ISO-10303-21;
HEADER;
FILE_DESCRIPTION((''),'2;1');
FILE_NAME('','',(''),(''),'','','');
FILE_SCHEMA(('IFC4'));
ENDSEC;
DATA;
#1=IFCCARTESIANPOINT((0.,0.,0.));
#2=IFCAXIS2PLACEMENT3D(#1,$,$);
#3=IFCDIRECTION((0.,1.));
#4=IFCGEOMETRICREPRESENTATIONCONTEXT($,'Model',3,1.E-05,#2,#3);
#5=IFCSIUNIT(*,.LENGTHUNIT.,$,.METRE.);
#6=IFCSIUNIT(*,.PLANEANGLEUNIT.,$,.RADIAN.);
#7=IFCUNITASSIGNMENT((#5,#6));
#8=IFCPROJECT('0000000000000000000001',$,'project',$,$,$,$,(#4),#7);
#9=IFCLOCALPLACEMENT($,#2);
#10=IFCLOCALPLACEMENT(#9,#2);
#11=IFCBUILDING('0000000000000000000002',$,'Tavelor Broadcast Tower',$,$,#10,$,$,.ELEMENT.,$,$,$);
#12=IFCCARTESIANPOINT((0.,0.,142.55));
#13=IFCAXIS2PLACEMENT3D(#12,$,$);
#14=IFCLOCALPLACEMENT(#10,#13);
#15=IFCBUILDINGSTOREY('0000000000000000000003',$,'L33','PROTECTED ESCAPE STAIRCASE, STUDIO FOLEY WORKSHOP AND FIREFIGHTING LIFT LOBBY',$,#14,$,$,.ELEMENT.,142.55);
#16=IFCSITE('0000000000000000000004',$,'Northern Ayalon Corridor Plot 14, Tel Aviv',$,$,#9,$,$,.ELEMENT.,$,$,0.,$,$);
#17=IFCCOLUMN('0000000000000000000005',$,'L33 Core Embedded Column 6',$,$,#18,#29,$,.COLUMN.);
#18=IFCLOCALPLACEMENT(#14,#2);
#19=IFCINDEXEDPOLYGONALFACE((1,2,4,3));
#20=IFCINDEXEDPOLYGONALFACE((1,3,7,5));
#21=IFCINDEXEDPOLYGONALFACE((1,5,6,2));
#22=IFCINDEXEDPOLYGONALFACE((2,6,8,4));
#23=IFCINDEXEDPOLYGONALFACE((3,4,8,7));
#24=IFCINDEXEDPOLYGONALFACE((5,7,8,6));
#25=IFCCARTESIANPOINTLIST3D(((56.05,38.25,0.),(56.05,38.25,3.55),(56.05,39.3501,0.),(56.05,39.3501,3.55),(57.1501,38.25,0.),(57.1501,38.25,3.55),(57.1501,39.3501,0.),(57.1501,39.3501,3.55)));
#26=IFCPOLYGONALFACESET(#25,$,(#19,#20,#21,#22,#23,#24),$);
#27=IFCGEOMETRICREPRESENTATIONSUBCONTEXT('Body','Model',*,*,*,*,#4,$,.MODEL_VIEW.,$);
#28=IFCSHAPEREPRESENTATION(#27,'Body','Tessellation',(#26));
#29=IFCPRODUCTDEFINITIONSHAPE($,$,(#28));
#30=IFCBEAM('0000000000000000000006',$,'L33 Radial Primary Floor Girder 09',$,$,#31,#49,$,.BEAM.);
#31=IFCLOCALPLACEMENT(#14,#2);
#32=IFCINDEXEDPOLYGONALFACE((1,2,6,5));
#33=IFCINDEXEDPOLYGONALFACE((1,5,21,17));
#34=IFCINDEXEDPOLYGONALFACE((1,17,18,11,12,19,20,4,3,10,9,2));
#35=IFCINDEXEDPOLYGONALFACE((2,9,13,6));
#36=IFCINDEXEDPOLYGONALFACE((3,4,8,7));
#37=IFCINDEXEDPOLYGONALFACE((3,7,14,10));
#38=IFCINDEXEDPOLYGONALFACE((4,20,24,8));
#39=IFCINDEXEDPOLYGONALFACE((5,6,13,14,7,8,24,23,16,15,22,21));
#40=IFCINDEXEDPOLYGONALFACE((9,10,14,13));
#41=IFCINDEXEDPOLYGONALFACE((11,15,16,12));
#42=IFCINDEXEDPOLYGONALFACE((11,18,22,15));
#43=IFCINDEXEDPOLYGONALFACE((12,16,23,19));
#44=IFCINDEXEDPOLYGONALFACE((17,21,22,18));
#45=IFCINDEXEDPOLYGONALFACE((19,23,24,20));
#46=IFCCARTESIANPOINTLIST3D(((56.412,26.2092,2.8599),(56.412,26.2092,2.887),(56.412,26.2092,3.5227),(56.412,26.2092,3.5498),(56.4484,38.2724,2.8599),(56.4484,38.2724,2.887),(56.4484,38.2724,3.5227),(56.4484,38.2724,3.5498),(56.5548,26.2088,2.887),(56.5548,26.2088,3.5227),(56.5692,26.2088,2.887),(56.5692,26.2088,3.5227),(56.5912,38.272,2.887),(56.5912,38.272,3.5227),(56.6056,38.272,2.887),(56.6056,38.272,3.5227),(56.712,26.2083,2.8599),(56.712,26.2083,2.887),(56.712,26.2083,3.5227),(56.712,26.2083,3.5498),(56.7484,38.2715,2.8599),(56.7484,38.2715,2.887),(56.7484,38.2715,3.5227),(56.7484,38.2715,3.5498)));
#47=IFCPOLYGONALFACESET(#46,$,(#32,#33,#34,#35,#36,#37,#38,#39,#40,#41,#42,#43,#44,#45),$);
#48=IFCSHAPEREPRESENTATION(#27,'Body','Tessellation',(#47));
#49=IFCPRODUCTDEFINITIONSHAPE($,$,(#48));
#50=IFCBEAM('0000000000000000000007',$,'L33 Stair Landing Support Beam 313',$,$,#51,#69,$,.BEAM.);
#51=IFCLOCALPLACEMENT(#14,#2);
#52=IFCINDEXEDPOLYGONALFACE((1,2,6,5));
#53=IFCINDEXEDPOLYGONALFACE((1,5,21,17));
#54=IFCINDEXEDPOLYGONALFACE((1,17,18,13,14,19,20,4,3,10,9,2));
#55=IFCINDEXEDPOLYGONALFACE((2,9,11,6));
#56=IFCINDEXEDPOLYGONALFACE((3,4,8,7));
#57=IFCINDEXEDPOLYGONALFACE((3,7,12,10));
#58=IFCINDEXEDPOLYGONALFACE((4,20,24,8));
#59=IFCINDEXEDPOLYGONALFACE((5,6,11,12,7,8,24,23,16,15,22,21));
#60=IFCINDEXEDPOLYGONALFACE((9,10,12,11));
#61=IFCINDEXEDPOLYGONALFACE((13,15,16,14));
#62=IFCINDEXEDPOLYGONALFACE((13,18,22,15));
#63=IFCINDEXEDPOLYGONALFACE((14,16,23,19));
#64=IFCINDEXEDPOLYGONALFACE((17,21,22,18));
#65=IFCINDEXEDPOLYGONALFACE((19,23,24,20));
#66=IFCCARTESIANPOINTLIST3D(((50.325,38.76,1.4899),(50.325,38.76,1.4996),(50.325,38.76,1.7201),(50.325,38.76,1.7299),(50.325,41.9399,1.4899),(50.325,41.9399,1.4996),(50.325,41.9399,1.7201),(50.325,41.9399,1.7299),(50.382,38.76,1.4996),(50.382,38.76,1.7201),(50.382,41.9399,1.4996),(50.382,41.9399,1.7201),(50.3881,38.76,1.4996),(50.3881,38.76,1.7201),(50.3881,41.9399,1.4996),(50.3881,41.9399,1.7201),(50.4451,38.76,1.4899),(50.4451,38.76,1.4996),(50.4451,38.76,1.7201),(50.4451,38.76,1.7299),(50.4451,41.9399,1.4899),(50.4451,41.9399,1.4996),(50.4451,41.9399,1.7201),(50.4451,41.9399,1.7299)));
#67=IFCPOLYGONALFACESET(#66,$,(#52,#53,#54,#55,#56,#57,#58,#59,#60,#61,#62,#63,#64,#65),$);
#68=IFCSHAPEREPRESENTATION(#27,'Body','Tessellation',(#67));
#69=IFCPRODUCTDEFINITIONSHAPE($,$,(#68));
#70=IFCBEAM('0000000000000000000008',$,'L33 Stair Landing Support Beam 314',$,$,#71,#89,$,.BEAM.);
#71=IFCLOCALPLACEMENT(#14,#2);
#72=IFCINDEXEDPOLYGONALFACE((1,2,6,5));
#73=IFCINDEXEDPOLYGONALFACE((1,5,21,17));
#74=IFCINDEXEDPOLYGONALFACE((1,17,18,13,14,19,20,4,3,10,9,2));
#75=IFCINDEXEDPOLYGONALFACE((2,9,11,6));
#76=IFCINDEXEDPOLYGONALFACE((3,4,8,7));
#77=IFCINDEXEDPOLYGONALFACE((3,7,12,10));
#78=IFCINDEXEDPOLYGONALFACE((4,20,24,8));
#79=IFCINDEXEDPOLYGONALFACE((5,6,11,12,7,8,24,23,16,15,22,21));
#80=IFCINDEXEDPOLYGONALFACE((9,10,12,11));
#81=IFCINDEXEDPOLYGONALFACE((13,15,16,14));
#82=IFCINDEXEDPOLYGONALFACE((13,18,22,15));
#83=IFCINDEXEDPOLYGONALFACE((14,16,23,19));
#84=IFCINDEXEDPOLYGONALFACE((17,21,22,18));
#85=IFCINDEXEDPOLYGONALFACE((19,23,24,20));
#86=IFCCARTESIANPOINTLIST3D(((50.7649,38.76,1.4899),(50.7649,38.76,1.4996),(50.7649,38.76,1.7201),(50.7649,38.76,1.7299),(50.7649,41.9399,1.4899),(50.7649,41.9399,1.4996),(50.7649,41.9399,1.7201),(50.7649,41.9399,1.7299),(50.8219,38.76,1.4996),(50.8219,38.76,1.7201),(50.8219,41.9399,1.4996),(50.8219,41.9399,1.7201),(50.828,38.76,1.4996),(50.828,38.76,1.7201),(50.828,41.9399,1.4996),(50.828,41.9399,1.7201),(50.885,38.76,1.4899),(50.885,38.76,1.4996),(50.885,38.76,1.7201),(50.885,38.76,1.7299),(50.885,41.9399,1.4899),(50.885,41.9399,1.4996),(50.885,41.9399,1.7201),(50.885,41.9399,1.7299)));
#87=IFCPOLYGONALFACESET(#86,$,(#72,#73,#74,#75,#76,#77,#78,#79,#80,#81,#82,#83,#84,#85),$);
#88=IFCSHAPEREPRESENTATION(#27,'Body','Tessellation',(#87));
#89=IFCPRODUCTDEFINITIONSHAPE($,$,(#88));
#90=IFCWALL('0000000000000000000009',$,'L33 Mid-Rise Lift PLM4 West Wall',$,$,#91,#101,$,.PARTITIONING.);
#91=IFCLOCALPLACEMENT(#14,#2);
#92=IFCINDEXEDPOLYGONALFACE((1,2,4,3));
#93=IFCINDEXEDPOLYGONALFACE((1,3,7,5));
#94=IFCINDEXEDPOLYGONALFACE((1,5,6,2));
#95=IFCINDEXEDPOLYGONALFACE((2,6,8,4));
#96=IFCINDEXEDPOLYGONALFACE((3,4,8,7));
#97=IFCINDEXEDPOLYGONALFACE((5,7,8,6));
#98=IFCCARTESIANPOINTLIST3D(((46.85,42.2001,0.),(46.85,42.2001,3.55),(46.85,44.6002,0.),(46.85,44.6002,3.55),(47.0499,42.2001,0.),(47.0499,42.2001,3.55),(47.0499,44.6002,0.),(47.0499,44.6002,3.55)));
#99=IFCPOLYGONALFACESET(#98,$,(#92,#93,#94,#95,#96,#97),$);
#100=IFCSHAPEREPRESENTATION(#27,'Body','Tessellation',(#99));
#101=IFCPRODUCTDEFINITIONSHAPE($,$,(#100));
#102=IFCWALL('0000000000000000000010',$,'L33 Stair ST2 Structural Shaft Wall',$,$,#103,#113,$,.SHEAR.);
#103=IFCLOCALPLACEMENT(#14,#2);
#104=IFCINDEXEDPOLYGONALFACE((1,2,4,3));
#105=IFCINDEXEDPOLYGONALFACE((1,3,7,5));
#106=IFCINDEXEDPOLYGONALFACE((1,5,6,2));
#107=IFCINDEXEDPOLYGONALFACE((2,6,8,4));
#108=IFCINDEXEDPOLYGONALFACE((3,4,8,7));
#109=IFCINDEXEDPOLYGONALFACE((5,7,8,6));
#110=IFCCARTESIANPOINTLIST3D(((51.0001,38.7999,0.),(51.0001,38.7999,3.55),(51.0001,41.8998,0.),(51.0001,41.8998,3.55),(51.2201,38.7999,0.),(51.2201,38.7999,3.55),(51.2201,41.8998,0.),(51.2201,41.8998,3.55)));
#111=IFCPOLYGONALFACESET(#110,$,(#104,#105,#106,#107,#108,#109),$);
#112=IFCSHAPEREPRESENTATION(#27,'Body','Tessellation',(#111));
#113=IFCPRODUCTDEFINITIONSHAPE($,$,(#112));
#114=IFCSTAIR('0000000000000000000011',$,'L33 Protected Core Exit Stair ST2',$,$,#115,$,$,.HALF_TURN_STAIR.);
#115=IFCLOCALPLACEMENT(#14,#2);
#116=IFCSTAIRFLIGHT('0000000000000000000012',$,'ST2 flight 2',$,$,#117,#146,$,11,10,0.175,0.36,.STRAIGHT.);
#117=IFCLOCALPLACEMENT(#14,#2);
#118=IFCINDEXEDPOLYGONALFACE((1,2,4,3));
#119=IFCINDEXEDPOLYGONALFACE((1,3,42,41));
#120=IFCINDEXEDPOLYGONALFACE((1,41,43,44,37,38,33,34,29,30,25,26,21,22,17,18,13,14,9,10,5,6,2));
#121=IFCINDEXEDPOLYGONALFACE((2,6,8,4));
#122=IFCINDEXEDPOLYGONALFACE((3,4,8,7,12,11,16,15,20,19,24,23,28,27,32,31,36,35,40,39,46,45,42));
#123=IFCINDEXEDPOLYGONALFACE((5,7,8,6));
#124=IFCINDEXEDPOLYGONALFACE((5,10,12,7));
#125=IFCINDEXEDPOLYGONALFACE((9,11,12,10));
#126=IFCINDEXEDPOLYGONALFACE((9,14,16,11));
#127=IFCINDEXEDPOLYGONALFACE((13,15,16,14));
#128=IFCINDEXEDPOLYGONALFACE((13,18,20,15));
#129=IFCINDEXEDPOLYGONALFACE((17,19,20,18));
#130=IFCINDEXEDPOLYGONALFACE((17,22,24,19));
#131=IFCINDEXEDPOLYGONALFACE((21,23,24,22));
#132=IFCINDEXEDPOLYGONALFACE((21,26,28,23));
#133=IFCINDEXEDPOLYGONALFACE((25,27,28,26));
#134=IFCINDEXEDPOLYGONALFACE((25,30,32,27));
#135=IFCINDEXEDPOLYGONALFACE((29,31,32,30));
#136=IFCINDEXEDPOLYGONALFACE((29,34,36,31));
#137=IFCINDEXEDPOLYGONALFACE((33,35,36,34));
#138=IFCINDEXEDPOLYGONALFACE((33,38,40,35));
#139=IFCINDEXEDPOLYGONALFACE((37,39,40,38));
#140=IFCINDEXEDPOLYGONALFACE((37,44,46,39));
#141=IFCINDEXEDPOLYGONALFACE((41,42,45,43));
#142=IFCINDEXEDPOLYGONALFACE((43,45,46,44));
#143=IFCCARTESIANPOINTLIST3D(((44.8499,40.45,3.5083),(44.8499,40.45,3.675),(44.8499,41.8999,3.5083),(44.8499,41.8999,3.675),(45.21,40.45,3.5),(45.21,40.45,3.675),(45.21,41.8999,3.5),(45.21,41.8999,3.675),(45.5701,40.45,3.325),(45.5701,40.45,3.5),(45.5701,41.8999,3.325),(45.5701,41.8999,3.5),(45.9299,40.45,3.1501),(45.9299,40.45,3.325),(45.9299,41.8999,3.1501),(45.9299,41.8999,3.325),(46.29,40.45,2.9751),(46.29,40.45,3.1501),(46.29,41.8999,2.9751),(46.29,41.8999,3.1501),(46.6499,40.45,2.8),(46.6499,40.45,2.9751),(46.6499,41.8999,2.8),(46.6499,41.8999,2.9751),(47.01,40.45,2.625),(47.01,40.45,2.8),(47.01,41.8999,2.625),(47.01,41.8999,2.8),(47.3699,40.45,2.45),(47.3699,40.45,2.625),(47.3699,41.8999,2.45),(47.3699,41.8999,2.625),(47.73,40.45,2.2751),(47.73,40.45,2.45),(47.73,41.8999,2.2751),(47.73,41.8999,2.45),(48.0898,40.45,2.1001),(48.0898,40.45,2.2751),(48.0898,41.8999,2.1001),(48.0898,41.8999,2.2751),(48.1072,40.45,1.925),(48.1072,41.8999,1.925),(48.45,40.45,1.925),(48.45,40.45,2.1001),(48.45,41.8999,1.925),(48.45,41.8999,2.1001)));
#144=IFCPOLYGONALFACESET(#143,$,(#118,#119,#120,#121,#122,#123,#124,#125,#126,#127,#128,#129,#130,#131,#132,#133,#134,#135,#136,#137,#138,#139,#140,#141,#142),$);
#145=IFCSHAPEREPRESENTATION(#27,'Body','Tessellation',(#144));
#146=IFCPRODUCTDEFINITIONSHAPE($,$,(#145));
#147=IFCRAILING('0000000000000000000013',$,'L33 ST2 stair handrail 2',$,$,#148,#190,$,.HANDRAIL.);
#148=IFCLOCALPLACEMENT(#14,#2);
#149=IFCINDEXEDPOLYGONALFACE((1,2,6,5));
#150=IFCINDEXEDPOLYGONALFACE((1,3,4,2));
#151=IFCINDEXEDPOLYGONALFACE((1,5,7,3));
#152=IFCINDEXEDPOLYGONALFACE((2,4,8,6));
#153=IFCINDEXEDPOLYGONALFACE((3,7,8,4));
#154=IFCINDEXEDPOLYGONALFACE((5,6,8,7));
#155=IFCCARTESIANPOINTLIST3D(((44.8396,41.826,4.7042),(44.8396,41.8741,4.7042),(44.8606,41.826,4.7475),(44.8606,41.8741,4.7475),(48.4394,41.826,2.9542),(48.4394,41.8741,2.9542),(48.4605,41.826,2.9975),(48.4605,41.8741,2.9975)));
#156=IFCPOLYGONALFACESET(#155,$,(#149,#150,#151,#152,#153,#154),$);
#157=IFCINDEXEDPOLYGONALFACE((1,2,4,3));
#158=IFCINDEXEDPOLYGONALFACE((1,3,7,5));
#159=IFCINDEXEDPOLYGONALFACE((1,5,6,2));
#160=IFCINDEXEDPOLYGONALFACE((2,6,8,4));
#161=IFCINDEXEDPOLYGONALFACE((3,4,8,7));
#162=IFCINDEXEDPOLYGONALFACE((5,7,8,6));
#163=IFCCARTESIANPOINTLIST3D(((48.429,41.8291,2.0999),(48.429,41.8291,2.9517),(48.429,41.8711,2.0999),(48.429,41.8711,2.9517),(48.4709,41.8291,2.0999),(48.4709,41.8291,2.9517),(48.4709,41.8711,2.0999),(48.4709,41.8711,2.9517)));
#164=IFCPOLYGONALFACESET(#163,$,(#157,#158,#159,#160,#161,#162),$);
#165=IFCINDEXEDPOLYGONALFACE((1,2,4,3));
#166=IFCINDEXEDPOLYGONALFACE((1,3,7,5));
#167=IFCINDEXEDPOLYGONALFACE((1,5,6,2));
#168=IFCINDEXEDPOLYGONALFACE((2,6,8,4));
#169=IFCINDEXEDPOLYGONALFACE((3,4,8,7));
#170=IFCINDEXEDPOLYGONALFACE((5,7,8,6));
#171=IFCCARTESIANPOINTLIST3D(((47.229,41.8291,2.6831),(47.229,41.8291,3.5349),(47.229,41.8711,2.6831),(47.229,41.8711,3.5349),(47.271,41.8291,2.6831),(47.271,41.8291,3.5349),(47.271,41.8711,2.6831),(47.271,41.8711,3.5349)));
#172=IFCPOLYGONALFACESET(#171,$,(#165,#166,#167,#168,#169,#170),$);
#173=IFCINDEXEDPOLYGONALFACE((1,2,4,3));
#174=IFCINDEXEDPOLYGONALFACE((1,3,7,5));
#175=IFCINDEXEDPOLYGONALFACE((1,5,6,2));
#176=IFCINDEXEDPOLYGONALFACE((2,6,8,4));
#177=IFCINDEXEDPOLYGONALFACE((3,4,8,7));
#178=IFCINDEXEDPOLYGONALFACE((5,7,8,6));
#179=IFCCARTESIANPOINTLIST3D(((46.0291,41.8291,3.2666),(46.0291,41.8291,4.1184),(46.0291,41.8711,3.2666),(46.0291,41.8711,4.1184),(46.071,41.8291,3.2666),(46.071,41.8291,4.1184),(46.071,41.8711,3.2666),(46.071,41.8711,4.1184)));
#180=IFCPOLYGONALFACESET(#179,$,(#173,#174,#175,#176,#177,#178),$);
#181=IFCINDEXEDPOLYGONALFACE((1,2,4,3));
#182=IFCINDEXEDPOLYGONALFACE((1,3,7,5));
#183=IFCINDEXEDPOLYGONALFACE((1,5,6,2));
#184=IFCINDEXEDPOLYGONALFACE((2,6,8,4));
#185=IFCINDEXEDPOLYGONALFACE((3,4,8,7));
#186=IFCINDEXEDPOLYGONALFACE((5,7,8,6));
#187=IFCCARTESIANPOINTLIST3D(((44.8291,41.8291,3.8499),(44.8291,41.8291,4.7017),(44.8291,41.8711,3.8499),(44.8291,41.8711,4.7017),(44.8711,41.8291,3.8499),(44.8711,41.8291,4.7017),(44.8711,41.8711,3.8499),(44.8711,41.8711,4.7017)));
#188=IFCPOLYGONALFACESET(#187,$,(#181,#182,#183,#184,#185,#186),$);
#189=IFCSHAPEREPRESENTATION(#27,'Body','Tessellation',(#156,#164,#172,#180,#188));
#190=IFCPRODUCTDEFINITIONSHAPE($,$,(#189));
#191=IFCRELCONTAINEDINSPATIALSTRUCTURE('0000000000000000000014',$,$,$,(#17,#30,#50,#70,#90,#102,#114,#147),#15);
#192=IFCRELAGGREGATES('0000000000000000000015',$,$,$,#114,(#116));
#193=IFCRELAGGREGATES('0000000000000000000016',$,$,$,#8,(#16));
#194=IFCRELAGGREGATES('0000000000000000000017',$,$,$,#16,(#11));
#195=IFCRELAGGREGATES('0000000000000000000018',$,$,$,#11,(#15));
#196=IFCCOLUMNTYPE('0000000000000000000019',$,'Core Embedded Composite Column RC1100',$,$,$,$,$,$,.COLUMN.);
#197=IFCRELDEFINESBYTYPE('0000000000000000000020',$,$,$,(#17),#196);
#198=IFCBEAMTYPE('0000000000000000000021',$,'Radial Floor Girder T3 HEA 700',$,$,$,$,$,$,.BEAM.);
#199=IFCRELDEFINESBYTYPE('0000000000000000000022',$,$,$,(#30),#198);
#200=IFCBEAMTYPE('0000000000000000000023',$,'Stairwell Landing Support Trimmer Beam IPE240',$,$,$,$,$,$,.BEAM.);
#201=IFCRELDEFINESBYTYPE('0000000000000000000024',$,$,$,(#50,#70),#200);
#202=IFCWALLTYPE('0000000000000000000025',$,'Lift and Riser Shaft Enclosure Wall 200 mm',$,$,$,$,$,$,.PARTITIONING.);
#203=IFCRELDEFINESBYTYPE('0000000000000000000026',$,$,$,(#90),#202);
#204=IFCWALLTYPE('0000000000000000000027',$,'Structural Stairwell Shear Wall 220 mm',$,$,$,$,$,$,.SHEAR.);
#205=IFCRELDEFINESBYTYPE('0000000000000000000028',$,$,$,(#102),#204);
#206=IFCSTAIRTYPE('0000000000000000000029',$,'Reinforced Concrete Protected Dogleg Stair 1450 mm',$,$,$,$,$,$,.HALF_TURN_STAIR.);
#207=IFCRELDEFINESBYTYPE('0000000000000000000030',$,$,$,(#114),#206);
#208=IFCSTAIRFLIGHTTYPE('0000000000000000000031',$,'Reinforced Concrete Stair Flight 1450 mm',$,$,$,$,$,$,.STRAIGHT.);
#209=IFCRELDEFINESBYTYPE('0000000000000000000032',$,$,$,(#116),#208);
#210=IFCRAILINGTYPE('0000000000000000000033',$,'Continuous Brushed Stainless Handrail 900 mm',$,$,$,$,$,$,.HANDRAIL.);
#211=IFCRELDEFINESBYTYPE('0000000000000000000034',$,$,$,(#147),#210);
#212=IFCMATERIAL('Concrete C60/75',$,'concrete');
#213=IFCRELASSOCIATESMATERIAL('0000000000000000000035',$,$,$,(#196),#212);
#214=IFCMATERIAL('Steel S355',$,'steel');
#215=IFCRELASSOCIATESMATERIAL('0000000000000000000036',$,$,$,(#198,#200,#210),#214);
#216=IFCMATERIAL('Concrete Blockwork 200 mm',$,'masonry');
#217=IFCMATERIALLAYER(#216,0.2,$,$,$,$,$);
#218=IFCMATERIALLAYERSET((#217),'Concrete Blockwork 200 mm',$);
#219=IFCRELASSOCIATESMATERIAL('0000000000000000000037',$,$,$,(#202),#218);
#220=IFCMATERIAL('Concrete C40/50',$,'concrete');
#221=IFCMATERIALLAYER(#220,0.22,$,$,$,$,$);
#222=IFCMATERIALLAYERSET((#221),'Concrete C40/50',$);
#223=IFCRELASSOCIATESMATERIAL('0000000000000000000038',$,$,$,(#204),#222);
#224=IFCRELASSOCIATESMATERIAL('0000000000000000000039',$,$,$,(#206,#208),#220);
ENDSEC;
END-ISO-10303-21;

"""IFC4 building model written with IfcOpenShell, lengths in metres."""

from ifc_helpers import new_model, si_unit, direction, frame, frame_2d, origin, origin_2d, place, context, subcontext, project, spatial, polyline, rectangle, i_section, outline, extrude, material, layer, layer_set, material_profile, profile_set, type_object, element, aggregate, save


model = new_model("IFC4")

# Units and contexts
model_context = context("Model", 3, precision=1e-05, world=origin(), true_north=direction((0.0, 1.0)))
body_context = subcontext(model_context, "Body", "Model", "MODEL_VIEW")
ifc_project = project(units=[si_unit("LENGTHUNIT", "METRE"), si_unit("PLANEANGLEUNIT", "RADIAN")], contexts=[model_context])

# Site, building, storey
site_placement = place(None, origin())
site = spatial("IfcSite", under=ifc_project, at=site_placement, Name="Northern Ayalon Corridor Plot 14, Tel Aviv", CompositionType="ELEMENT", RefElevation=0.0)
building_placement = place(site_placement, origin())
building = spatial("IfcBuilding", under=site, at=building_placement, Name="Tavelor Broadcast Tower", CompositionType="ELEMENT")
storey_placement = place(building_placement, frame((0.0, 0.0, 142.55)))
storey = spatial("IfcBuildingStorey", under=building, at=storey_placement, Name="L33", Description="PROTECTED ESCAPE STAIRCASE, STUDIO FOLEY WORKSHOP AND FIREFIGHTING LIFT LOBBY", CompositionType="ELEMENT", Elevation=142.55)

# Column
ifc_material_1 = material(Name="Concrete C60/75", Category="concrete")
ifc_material_profile_1 = material_profile(ifc_material_1, rectangle(XDim=1.1001, YDim=1.1001, at=origin_2d()), Name="RC 1100x1100")
ifc_profile_set_1 = profile_set([ifc_material_profile_1], Name="Concrete C60/75")
column_type = type_object("IfcColumnType", Name="Core Embedded Composite Column RC1100", PredefinedType="COLUMN", material=ifc_profile_set_1)
column_placement = place(storey_placement, frame((56.6001, 38.8, 0.0), z_axis=(0.0, 0.0, 1.0), x_axis=(1.0, 0.0, 0.0)))
element("IfcColumn", 1, at=column_placement, inside=storey, type_object=column_type, Name="L33 Core Embedded Column 6", PredefinedType="COLUMN", context=body_context, shape_type="SweptSolid", body=[
    extrude(rectangle(XDim=1.1001, YDim=1.1001, at=origin_2d()), origin(), (0.0, 0.0, 1.0), 3.55),
])

# Beams
ifc_material_2 = material(Name="Steel S355", Category="steel")
ifc_material_profile_2 = material_profile(ifc_material_2, i_section(OverallWidth=0.3, OverallDepth=0.6899, WebThickness=0.0144, FlangeThickness=0.0271, at=origin_2d()), Name="HEA 700")
ifc_profile_set_2 = profile_set([ifc_material_profile_2], Name="Steel S355")
beam_type_1 = type_object("IfcBeamType", Name="Radial Floor Girder T3 HEA 700", PredefinedType="BEAM", material=ifc_profile_set_2)
beam_placement = place(storey_placement, frame((56.5984, 38.272, 3.2048), z_axis=(-0.003016, -0.999995, 0.0), x_axis=(0.999995, -0.003016, 0.0)))
element("IfcBeam", 2, at=beam_placement, inside=storey, type_object=beam_type_1, Name="L33 Radial Primary Floor Girder 09", PredefinedType="BEAM", context=body_context, shape_type="SweptSolid", body=[
    extrude(i_section(OverallWidth=0.3, OverallDepth=0.6899, WebThickness=0.0144, FlangeThickness=0.0271, at=origin_2d()), origin(), (0.0, 0.0, 1.0), 12.0632),
])
ifc_material_profile_3 = material_profile(ifc_material_2, i_section(OverallWidth=0.1201, OverallDepth=0.24, WebThickness=0.0061, FlangeThickness=0.0098, at=origin_2d()), Name="IPE 240")
ifc_profile_set_3 = profile_set([ifc_material_profile_3], Name="Steel S355")
beam_type_2 = type_object("IfcBeamType", Name="Stairwell Landing Support Trimmer Beam IPE240", PredefinedType="BEAM", material=ifc_profile_set_3)
for number, where, z_axis, x_axis, name in (
    (3, (50.385, 38.76, 1.6099), (0.0, 1.0, 0.0), (-1.0, 0.0, 0.0), "L33 Stair Landing Support Beam 313"),
    (4, (50.825, 38.76, 1.6099), (0.0, 1.0, 0.0), (-1.0, 0.0, 0.0), "L33 Stair Landing Support Beam 314"),
):
    element("IfcBeam", number, at=place(storey_placement, frame(where, z_axis=z_axis, x_axis=x_axis)), inside=storey, type_object=beam_type_2, Name=name, PredefinedType="BEAM", context=body_context, shape_type="SweptSolid", body=[
        extrude(i_section(OverallWidth=0.1201, OverallDepth=0.24, WebThickness=0.0061, FlangeThickness=0.0098, at=origin_2d()), origin(), (0.0, 0.0, 1.0), 3.1799),
    ])

# Shared definitions
ifc_material_3 = material(Name="Concrete Blockwork 200 mm", Category="masonry")

# Walls
ifc_layer_1 = layer(ifc_material_3, 0.2)
ifc_layer_set_1 = layer_set([ifc_layer_1], Name="Concrete Blockwork 200 mm")
wall_type_1 = type_object("IfcWallType", Name="Lift and Riser Shaft Enclosure Wall 200 mm", PredefinedType="PARTITIONING", material=ifc_layer_set_1)
wall_1_placement = place(storey_placement, frame((46.95, 42.2, 0.0), z_axis=(0.0, 0.0, 1.0), x_axis=(0.0, 1.0, 0.0)))
element("IfcWall", 5, at=wall_1_placement, inside=storey, type_object=wall_type_1, Name="L33 Mid-Rise Lift PLM4 West Wall", PredefinedType="PARTITIONING", context=body_context, shape_type="SweptSolid", body=[
    extrude(rectangle(XDim=2.4001, YDim=0.2, at=frame_2d((1.2002, 0.0))), origin(), (0.0, 0.0, 1.0), 3.55),
])
ifc_material_4 = material(Name="Concrete C40/50", Category="concrete")
ifc_layer_2 = layer(ifc_material_4, 0.22)
ifc_layer_set_2 = layer_set([ifc_layer_2], Name="Concrete C40/50")
wall_type_2 = type_object("IfcWallType", Name="Structural Stairwell Shear Wall 220 mm", PredefinedType="SHEAR", material=ifc_layer_set_2)
wall_2_placement = place(storey_placement, frame((51.1101, 38.8, 0.0), z_axis=(0.0, 0.0, 1.0), x_axis=(0.0, 1.0, 0.0)))
element("IfcWall", 6, at=wall_2_placement, inside=storey, type_object=wall_type_2, Name="L33 Stair ST2 Structural Shaft Wall", PredefinedType="SHEAR", context=body_context, shape_type="SweptSolid", body=[
    extrude(rectangle(XDim=3.0999, YDim=0.22, at=frame_2d((1.5498, 0.0))), origin(), (0.0, 0.0, 1.0), 3.55),
])

# Stair, stair flight
stair_type = type_object("IfcStairType", Name="Reinforced Concrete Protected Dogleg Stair 1450 mm", PredefinedType="HALF_TURN_STAIR", material=ifc_material_4)
stair_placement = place(storey_placement, origin())
stair = element("IfcStair", 7, at=stair_placement, inside=storey, type_object=stair_type, Name="L33 Protected Core Exit Stair ST2", PredefinedType="HALF_TURN_STAIR")
stair_flight_type = type_object("IfcStairFlightType", Name="Reinforced Concrete Stair Flight 1450 mm", PredefinedType="STRAIGHT", material=ifc_material_4)
stair_flight_placement = place(storey_placement, frame((48.45, 41.175, 1.925), z_axis=(0.0, 0.0, 1.0), x_axis=(-1.0, 0.0, 0.0)))
stair_flight = element("IfcStairFlight", 8, at=stair_flight_placement, type_object=stair_flight_type, Name="ST2 flight 2", NumberOfRisers=11, NumberOfTreads=10, PredefinedType="STRAIGHT", RiserHeight=0.175, TreadLength=0.36, context=body_context, shape_type="SweptSolid", body=[
    extrude(outline(polyline([(0.0, 0.0), (0.0, 0.175), (0.3601, 0.175), (0.3601, 0.3501), (0.72, 0.3501), (0.72, 0.5249), (1.0801, 0.5249), (1.0801, 0.7), (1.4399, 0.7), (1.4399, 0.875), (1.8, 0.875), (1.8, 1.05), (2.1599, 1.05), (2.1599, 1.2251), (2.52, 1.2251), (2.52, 1.3999), (2.8799, 1.3999), (2.8799, 1.575), (3.24, 1.575), (3.24, 1.75), (3.6001, 1.75), (3.6001, 1.925), (3.6001, 1.5833), (0.3428, 0.0), (0.0, 0.0)])), frame((0.0, 0.7251, 0.0), z_axis=(0.0, -1.0, 0.0), x_axis=(1.0, 0.0, 0.0)), (0.0, 0.0, 1.0), 1.45),
])
aggregate(stair, [stair_flight])

# Railing
railing_type_1 = type_object("IfcRailingType", Name="Continuous Brushed Stainless Handrail 900 mm", PredefinedType="HANDRAIL", material=ifc_material_2)
railing_1_placement = place(storey_placement, frame((48.45, 41.8501, 2.0999)))
element("IfcRailing", 9, at=railing_1_placement, inside=storey, type_object=railing_type_1, Name="L33 ST2 stair handrail 2", PredefinedType="HANDRAIL", context=body_context, shape_type="SweptSolid", body=[
    extrude(rectangle(XDim=0.0481, YDim=0.0481, at=origin_2d()), frame((0.0, 0.0, 0.876), z_axis=(-0.899361, 0.0, 0.437207), x_axis=(0.0, -1.0, 0.0)), (0.0, 0.0, 1.0), 4.0027),
    extrude(rectangle(XDim=0.042, YDim=0.042, at=origin_2d()), origin(), (0.0, 0.0, 1.0), 0.8518),
    extrude(rectangle(XDim=0.042, YDim=0.042, at=origin_2d()), frame((-1.2, 0.0, 0.5833)), (0.0, 0.0, 1.0), 0.8518),
    extrude(rectangle(XDim=0.042, YDim=0.042, at=origin_2d()), frame((-2.3999, 0.0, 1.1667)), (0.0, 0.0, 1.0), 0.8518),
    extrude(rectangle(XDim=0.042, YDim=0.042, at=origin_2d()), frame((-3.5999, 0.0, 1.75)), (0.0, 0.0, 1.0), 0.8518),
])

save(model, "model.ifc")
